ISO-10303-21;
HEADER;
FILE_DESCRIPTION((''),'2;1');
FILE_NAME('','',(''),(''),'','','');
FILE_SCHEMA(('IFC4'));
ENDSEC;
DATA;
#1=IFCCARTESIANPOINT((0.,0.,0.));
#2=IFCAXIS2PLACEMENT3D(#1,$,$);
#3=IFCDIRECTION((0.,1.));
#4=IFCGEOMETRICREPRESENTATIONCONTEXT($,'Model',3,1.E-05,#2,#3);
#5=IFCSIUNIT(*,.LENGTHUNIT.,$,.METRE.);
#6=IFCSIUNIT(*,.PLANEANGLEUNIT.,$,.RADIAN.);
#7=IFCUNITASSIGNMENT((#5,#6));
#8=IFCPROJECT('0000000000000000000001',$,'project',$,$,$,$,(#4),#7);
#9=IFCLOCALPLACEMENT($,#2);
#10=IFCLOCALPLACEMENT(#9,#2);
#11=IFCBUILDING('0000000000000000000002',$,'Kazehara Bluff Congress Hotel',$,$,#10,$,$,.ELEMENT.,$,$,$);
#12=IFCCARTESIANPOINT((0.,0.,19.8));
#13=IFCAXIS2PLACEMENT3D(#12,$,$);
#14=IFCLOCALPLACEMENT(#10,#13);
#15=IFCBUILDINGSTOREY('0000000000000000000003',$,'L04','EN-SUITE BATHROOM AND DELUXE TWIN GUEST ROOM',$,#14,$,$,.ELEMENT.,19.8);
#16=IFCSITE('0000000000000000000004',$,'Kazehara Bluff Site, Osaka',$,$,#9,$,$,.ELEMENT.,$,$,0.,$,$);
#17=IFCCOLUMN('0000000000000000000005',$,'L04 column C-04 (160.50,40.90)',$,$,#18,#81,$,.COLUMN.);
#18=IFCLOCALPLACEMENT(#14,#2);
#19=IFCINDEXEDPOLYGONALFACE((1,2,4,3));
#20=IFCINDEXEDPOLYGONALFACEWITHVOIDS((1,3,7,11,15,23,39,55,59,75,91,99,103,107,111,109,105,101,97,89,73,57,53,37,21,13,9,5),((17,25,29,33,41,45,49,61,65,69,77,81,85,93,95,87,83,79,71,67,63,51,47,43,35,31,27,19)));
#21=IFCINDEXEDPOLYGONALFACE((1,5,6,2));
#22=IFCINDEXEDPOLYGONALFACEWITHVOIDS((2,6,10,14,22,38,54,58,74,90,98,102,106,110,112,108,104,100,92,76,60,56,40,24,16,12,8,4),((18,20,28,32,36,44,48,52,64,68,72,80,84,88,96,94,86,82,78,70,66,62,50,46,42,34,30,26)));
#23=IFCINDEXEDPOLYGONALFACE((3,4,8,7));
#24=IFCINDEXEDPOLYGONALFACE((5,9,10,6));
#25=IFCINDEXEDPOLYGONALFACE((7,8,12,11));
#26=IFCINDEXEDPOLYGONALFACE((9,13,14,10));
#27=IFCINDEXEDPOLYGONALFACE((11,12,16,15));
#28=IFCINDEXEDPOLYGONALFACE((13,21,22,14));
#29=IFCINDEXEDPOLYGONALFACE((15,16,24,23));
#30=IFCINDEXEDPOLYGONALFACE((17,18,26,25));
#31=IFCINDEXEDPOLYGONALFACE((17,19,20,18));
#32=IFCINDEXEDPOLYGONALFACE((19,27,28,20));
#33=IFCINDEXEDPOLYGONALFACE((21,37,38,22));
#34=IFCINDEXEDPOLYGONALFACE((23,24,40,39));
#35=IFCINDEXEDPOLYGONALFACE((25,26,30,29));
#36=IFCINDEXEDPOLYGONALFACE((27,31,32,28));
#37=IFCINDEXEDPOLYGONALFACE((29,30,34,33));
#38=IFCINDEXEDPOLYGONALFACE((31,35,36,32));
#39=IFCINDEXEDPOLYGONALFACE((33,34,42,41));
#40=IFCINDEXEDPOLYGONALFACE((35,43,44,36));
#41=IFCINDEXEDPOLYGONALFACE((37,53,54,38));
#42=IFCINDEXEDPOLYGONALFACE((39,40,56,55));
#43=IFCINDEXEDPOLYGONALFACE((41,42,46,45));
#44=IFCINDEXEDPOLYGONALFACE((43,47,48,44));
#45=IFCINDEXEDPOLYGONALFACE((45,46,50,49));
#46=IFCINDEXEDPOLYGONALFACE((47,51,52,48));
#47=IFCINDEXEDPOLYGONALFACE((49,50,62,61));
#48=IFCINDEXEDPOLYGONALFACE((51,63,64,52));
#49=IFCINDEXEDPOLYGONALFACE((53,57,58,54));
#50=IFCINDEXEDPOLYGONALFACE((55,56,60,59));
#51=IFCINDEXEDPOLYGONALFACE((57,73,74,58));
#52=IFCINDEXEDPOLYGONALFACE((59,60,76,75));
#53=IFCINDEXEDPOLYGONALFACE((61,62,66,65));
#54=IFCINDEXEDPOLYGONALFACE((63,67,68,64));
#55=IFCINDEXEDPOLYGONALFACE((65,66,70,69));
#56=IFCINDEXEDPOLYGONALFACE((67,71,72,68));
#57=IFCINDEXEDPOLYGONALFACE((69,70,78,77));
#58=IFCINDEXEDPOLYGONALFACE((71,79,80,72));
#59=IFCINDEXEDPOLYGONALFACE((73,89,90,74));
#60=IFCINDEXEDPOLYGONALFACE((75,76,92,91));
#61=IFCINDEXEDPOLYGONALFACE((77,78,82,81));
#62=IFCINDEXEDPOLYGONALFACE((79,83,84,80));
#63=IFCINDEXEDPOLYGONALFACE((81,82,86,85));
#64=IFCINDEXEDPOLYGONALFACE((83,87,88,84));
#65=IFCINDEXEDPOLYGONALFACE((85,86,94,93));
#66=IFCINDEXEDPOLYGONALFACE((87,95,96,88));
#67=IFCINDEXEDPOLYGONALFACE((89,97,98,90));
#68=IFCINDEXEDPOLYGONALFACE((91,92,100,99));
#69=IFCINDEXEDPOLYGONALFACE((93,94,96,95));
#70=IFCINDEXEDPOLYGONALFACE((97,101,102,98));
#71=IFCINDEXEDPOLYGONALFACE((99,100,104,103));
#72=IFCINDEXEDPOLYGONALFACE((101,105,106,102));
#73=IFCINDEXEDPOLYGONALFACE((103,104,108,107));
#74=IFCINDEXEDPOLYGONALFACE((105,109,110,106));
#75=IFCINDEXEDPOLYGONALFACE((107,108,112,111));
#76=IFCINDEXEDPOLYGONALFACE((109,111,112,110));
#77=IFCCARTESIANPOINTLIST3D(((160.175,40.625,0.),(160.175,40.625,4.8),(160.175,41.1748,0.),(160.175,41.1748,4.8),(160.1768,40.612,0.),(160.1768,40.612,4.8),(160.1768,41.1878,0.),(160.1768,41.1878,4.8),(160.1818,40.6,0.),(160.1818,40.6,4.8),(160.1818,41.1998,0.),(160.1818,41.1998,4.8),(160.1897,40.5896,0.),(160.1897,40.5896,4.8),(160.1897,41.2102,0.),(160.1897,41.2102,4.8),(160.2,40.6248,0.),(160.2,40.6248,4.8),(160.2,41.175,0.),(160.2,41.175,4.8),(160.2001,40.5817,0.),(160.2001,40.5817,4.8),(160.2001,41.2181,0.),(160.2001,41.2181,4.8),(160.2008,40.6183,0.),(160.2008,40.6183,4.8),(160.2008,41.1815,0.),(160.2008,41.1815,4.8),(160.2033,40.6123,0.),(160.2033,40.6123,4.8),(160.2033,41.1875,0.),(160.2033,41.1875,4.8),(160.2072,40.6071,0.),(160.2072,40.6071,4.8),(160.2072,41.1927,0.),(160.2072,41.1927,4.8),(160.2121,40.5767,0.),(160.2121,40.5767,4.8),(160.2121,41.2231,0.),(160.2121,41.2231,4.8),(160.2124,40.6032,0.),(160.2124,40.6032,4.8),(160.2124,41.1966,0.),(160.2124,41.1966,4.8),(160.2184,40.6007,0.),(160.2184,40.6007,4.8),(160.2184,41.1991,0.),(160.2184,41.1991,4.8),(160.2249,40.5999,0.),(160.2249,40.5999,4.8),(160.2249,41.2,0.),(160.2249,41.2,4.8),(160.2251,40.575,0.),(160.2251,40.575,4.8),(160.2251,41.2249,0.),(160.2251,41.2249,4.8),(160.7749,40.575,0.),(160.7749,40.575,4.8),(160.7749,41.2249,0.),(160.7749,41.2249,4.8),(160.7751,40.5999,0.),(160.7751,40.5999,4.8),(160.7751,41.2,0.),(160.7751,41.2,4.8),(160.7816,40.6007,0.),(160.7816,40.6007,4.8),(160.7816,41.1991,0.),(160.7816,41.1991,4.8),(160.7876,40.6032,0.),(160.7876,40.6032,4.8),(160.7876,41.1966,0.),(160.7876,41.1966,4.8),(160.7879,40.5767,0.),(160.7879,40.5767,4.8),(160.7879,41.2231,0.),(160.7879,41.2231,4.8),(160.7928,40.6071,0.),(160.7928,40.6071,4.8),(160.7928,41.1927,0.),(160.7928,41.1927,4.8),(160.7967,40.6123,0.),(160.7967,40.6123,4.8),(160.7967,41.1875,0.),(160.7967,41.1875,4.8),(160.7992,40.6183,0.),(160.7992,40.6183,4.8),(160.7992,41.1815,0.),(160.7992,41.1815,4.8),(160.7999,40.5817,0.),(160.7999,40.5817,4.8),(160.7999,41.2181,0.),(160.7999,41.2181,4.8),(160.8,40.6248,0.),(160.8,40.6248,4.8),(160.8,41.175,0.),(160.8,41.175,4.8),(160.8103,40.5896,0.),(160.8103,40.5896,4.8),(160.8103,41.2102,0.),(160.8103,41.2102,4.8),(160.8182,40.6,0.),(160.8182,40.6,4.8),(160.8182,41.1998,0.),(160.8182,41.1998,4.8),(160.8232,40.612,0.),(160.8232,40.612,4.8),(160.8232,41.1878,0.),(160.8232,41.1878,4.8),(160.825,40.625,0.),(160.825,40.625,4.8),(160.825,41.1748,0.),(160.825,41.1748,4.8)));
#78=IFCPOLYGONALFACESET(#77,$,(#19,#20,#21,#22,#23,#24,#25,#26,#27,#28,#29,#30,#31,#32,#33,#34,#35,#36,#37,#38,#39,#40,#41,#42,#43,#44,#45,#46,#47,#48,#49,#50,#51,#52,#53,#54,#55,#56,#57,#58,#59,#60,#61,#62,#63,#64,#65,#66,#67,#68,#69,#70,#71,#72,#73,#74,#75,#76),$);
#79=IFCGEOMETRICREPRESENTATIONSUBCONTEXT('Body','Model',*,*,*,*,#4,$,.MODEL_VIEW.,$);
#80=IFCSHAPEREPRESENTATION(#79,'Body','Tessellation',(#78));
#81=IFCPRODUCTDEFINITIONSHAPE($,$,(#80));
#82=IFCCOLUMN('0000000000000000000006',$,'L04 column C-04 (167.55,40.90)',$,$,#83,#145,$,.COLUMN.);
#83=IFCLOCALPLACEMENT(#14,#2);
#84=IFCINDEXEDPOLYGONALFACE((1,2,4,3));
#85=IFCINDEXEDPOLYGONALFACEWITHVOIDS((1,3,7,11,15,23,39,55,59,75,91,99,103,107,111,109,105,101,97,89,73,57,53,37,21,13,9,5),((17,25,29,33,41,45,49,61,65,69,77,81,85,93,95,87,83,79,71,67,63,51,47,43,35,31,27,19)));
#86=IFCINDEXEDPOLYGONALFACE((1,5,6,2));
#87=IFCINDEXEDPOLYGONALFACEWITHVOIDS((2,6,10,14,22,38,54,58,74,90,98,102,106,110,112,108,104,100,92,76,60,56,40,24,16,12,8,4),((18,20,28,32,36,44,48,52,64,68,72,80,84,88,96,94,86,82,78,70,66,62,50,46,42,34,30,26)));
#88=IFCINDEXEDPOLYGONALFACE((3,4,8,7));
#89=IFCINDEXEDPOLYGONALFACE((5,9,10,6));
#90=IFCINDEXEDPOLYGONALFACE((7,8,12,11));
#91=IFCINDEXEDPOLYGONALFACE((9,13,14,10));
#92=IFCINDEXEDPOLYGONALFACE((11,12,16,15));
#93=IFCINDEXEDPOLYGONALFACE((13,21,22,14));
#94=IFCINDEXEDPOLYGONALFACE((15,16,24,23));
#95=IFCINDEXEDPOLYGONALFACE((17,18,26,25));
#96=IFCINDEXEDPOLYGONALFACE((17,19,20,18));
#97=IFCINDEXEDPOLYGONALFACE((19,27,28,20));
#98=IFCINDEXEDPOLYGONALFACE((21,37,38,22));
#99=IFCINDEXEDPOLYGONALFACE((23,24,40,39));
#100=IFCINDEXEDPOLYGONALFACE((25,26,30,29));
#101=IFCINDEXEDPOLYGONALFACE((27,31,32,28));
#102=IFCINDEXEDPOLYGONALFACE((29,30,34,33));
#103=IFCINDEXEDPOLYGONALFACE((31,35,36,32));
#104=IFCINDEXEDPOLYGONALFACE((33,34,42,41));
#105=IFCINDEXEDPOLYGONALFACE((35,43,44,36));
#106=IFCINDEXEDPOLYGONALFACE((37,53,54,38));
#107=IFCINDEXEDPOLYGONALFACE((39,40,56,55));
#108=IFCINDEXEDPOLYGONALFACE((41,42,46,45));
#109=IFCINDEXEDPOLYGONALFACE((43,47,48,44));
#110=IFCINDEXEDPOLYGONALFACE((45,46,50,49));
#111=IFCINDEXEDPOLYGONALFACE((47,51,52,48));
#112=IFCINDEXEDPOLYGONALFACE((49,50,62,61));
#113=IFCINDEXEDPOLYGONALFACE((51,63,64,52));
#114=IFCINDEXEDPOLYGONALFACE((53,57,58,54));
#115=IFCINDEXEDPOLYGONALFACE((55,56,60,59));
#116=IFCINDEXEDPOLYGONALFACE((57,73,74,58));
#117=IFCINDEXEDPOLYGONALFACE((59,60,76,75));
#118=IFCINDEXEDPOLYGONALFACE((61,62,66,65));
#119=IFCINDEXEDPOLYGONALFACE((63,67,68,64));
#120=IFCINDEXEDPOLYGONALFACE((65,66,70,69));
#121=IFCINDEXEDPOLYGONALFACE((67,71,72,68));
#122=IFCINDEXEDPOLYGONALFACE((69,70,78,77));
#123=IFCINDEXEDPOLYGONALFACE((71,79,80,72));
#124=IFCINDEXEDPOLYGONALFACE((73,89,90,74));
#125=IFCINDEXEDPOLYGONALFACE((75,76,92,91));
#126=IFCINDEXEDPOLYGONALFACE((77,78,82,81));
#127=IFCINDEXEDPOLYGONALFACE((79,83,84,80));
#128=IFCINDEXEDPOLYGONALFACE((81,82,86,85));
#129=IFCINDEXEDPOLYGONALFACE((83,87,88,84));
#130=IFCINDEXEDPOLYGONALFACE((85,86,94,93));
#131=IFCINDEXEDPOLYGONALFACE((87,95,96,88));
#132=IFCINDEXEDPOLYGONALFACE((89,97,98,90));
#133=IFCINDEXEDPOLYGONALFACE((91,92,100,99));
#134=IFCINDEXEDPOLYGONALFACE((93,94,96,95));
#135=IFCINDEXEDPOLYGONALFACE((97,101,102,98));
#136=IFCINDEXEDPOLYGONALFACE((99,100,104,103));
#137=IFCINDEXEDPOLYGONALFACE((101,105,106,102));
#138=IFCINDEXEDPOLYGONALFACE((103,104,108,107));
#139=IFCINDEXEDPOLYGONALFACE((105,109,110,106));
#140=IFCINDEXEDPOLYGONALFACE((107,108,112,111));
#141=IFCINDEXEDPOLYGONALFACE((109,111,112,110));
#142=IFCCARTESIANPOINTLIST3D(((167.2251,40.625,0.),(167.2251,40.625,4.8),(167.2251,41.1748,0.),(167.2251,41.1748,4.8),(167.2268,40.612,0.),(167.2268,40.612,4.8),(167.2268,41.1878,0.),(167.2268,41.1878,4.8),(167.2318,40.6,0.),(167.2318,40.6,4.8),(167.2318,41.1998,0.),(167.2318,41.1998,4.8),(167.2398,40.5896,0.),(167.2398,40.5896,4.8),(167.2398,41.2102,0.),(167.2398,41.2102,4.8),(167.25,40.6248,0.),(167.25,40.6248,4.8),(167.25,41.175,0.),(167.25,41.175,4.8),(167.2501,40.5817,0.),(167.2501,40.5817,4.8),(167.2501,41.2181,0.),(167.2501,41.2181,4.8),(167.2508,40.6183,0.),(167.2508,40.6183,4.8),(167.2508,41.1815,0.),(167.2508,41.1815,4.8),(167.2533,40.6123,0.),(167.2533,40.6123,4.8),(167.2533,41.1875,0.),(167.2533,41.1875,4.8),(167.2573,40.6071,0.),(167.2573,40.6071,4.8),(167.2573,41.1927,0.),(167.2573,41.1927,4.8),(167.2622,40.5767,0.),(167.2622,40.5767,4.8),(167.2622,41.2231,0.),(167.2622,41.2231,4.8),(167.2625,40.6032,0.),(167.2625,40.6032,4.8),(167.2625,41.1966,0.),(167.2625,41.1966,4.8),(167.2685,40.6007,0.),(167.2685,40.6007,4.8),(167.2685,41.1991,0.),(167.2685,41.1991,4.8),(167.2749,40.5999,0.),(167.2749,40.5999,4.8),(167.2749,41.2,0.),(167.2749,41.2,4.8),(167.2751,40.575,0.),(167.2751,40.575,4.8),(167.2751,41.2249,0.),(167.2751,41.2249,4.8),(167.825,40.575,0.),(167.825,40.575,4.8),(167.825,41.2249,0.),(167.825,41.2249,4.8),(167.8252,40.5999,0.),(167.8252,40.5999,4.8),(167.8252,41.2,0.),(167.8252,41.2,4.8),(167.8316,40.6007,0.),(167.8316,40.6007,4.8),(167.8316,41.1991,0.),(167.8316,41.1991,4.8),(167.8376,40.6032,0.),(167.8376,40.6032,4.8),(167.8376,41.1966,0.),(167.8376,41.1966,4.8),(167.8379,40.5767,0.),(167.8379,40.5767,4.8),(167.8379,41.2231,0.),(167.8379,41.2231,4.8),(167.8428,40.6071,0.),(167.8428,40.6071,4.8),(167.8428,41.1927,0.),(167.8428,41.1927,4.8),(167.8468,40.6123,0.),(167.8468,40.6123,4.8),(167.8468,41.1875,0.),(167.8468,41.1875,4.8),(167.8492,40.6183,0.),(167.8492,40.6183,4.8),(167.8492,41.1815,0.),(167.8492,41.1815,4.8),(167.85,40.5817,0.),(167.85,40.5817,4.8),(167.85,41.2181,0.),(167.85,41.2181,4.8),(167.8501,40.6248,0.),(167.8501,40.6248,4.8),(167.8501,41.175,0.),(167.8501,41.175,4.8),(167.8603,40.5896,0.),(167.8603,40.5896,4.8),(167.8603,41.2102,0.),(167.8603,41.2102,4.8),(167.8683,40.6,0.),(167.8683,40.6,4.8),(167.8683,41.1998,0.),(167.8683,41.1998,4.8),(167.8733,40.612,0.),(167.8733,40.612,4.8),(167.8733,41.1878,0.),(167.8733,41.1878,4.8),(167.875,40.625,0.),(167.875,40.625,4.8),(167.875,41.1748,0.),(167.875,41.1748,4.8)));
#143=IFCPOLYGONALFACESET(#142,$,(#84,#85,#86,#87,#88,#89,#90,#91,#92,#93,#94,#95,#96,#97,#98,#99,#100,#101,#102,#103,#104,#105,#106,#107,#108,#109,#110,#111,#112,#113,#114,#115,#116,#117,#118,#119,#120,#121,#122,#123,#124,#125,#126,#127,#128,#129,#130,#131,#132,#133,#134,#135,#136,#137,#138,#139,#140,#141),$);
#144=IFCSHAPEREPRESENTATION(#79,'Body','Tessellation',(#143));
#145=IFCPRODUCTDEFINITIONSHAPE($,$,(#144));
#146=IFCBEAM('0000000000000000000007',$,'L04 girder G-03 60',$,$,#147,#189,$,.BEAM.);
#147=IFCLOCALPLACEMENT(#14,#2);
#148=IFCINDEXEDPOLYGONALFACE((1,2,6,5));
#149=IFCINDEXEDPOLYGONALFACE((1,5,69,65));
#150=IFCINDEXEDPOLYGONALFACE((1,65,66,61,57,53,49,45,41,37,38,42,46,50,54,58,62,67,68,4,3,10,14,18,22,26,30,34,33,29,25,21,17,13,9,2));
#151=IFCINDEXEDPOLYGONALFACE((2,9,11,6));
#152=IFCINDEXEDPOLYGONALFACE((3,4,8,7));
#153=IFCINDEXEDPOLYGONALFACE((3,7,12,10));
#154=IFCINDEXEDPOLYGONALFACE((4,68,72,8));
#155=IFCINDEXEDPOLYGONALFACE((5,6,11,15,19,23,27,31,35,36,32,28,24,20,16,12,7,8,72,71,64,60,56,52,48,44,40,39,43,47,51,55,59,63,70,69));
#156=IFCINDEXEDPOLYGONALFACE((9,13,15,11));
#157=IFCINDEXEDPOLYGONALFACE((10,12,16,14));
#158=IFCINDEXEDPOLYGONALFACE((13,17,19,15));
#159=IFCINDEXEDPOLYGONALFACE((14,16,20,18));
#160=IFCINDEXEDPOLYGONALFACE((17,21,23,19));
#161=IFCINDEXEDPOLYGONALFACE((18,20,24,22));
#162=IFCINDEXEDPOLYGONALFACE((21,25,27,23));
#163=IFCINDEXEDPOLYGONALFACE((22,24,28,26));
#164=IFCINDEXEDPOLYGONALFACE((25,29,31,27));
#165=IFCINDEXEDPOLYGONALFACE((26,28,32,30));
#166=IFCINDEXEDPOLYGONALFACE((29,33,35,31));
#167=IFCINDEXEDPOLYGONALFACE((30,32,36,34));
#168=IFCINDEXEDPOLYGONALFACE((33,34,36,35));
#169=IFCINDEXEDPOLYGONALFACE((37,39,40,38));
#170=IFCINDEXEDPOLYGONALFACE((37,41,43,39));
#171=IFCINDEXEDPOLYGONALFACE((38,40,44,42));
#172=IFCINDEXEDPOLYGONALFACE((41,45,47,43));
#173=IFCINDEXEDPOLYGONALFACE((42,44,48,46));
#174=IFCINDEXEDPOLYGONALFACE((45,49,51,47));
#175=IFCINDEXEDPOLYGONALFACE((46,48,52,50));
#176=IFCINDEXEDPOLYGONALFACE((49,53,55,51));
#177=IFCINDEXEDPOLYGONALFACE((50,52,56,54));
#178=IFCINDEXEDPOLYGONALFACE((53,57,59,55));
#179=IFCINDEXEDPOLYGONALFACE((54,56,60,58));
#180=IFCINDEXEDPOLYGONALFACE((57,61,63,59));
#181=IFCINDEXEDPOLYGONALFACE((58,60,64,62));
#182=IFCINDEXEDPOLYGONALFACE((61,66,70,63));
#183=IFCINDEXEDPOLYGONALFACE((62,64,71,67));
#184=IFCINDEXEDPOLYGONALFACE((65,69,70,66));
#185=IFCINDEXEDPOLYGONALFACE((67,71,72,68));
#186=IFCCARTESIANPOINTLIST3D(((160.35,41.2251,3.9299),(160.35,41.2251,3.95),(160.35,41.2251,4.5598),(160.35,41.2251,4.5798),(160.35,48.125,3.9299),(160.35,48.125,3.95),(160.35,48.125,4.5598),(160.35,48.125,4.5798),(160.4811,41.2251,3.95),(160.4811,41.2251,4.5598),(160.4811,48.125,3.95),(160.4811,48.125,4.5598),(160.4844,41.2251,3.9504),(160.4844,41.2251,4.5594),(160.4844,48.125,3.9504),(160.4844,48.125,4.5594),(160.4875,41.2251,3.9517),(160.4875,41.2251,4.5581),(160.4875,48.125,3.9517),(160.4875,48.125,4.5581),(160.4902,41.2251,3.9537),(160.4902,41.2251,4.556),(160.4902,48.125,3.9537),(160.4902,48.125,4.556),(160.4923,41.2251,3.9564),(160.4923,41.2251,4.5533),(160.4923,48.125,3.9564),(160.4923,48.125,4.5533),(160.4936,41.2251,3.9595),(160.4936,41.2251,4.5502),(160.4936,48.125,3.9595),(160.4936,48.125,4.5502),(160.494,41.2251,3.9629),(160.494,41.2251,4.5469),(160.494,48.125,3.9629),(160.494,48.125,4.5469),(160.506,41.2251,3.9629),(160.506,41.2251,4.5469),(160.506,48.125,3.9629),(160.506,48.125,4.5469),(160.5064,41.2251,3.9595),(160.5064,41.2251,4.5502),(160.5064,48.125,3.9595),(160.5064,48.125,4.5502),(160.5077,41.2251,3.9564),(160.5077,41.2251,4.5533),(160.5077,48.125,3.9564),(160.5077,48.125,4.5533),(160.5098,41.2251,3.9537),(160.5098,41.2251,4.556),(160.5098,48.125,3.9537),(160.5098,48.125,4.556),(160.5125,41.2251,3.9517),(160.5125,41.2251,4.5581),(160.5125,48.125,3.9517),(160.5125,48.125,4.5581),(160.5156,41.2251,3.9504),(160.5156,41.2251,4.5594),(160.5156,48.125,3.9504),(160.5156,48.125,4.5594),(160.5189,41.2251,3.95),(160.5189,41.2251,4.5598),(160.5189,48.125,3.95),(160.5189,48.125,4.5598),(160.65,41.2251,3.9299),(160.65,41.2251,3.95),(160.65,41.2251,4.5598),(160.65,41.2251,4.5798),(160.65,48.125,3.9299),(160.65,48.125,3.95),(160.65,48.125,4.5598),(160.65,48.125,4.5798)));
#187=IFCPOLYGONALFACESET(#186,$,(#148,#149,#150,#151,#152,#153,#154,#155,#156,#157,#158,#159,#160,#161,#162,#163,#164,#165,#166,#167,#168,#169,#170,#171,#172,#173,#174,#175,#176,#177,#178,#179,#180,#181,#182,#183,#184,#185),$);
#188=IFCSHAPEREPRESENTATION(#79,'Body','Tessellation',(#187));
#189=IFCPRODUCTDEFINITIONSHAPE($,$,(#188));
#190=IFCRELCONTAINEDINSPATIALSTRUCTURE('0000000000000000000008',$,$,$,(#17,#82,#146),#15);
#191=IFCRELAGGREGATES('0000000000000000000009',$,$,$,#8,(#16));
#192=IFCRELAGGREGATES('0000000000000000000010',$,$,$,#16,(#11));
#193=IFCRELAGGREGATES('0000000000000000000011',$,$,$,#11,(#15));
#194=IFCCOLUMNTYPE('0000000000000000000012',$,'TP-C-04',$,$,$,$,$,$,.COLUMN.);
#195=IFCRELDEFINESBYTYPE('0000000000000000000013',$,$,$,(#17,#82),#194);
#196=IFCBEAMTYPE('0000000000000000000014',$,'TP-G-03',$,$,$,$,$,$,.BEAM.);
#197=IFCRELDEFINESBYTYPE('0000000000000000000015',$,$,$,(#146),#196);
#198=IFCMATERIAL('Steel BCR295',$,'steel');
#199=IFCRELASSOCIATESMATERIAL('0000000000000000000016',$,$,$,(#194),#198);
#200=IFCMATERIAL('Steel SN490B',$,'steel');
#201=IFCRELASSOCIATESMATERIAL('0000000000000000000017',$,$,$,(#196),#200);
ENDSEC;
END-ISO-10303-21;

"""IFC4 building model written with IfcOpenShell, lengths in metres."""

from ifc_helpers import new_model, si_unit, direction, frame, origin, origin_2d, place, context, subcontext, project, spatial, hollow_rectangle, i_section, extrude, material, material_profile, profile_set, type_object, element, save


model = new_model("IFC4")

# Units and contexts
model_context = context("Model", 3, precision=1e-05, world=origin(), true_north=direction((0.0, 1.0)))
body_context = subcontext(model_context, "Body", "Model", "MODEL_VIEW")
ifc_project = project(units=[si_unit("LENGTHUNIT", "METRE"), si_unit("PLANEANGLEUNIT", "RADIAN")], contexts=[model_context])

# Site, building, storey
site_placement = place(None, origin())
site = spatial("IfcSite", under=ifc_project, at=site_placement, Name="Kazehara Bluff Site, Osaka", CompositionType="ELEMENT", RefElevation=0.0)
building_placement = place(site_placement, origin())
building = spatial("IfcBuilding", under=site, at=building_placement, Name="Kazehara Bluff Congress Hotel", CompositionType="ELEMENT")
storey_placement = place(building_placement, frame((0.0, 0.0, 19.8)))
storey = spatial("IfcBuildingStorey", under=building, at=storey_placement, Name="L04", Description="EN-SUITE BATHROOM AND DELUXE TWIN GUEST ROOM", CompositionType="ELEMENT", Elevation=19.8)

# Columns
ifc_material_1 = material(Name="Steel BCR295", Category="steel")
ifc_material_profile_1 = material_profile(ifc_material_1, hollow_rectangle(XDim=0.6499, YDim=0.6499, WallThickness=0.0249, InnerFilletRadius=0.0249, OuterFilletRadius=0.05, at=origin_2d()))
ifc_profile_set_1 = profile_set([ifc_material_profile_1], Name="Steel BCR295")
column_type = type_object("IfcColumnType", Name="TP-C-04", PredefinedType="COLUMN", material=ifc_profile_set_1)
for number, where, z_axis, x_axis, name in (
    (1, (160.5, 40.8999, 0.0), (0.0, 0.0, 1.0), (1.0, 0.0, 0.0), "L04 column C-04 (160.50,40.90)"),
    (2, (167.55, 40.8999, 0.0), (0.0, 0.0, 1.0), (1.0, 0.0, 0.0), "L04 column C-04 (167.55,40.90)"),
):
    element("IfcColumn", number, at=place(storey_placement, frame(where, z_axis=z_axis, x_axis=x_axis)), inside=storey, type_object=column_type, Name=name, PredefinedType="COLUMN", context=body_context, shape_type="SweptSolid", body=[
        extrude(hollow_rectangle(XDim=0.6499, YDim=0.6499, WallThickness=0.0249, InnerFilletRadius=0.0249, OuterFilletRadius=0.05, at=origin_2d()), origin(), (0.0, 0.0, 1.0), 4.8),
    ])

# Beam
ifc_material_2 = material(Name="Steel SN490B", Category="steel")
ifc_material_profile_2 = material_profile(ifc_material_2, i_section(OverallWidth=0.3, OverallDepth=0.6499, WebThickness=0.012, FlangeThickness=0.02, FilletRadius=0.0129, at=origin_2d()))
ifc_profile_set_2 = profile_set([ifc_material_profile_2], Name="Steel SN490B")
beam_type_1 = type_object("IfcBeamType", Name="TP-G-03", PredefinedType="BEAM", material=ifc_profile_set_2)
beam_1_placement = place(storey_placement, frame((160.5, 41.2251, 4.2549), z_axis=(0.0, 1.0, 0.0), x_axis=(-1.0, 0.0, 0.0)))
element("IfcBeam", 3, at=beam_1_placement, inside=storey, type_object=beam_type_1, Name="L04 girder G-03 60", PredefinedType="BEAM", context=body_context, shape_type="SweptSolid", body=[
    extrude(i_section(OverallWidth=0.3, OverallDepth=0.6499, WebThickness=0.012, FlangeThickness=0.02, FilletRadius=0.0129, at=origin_2d()), origin(), (0.0, 0.0, 1.0), 6.8999),
])

save(model, "model.ifc")
